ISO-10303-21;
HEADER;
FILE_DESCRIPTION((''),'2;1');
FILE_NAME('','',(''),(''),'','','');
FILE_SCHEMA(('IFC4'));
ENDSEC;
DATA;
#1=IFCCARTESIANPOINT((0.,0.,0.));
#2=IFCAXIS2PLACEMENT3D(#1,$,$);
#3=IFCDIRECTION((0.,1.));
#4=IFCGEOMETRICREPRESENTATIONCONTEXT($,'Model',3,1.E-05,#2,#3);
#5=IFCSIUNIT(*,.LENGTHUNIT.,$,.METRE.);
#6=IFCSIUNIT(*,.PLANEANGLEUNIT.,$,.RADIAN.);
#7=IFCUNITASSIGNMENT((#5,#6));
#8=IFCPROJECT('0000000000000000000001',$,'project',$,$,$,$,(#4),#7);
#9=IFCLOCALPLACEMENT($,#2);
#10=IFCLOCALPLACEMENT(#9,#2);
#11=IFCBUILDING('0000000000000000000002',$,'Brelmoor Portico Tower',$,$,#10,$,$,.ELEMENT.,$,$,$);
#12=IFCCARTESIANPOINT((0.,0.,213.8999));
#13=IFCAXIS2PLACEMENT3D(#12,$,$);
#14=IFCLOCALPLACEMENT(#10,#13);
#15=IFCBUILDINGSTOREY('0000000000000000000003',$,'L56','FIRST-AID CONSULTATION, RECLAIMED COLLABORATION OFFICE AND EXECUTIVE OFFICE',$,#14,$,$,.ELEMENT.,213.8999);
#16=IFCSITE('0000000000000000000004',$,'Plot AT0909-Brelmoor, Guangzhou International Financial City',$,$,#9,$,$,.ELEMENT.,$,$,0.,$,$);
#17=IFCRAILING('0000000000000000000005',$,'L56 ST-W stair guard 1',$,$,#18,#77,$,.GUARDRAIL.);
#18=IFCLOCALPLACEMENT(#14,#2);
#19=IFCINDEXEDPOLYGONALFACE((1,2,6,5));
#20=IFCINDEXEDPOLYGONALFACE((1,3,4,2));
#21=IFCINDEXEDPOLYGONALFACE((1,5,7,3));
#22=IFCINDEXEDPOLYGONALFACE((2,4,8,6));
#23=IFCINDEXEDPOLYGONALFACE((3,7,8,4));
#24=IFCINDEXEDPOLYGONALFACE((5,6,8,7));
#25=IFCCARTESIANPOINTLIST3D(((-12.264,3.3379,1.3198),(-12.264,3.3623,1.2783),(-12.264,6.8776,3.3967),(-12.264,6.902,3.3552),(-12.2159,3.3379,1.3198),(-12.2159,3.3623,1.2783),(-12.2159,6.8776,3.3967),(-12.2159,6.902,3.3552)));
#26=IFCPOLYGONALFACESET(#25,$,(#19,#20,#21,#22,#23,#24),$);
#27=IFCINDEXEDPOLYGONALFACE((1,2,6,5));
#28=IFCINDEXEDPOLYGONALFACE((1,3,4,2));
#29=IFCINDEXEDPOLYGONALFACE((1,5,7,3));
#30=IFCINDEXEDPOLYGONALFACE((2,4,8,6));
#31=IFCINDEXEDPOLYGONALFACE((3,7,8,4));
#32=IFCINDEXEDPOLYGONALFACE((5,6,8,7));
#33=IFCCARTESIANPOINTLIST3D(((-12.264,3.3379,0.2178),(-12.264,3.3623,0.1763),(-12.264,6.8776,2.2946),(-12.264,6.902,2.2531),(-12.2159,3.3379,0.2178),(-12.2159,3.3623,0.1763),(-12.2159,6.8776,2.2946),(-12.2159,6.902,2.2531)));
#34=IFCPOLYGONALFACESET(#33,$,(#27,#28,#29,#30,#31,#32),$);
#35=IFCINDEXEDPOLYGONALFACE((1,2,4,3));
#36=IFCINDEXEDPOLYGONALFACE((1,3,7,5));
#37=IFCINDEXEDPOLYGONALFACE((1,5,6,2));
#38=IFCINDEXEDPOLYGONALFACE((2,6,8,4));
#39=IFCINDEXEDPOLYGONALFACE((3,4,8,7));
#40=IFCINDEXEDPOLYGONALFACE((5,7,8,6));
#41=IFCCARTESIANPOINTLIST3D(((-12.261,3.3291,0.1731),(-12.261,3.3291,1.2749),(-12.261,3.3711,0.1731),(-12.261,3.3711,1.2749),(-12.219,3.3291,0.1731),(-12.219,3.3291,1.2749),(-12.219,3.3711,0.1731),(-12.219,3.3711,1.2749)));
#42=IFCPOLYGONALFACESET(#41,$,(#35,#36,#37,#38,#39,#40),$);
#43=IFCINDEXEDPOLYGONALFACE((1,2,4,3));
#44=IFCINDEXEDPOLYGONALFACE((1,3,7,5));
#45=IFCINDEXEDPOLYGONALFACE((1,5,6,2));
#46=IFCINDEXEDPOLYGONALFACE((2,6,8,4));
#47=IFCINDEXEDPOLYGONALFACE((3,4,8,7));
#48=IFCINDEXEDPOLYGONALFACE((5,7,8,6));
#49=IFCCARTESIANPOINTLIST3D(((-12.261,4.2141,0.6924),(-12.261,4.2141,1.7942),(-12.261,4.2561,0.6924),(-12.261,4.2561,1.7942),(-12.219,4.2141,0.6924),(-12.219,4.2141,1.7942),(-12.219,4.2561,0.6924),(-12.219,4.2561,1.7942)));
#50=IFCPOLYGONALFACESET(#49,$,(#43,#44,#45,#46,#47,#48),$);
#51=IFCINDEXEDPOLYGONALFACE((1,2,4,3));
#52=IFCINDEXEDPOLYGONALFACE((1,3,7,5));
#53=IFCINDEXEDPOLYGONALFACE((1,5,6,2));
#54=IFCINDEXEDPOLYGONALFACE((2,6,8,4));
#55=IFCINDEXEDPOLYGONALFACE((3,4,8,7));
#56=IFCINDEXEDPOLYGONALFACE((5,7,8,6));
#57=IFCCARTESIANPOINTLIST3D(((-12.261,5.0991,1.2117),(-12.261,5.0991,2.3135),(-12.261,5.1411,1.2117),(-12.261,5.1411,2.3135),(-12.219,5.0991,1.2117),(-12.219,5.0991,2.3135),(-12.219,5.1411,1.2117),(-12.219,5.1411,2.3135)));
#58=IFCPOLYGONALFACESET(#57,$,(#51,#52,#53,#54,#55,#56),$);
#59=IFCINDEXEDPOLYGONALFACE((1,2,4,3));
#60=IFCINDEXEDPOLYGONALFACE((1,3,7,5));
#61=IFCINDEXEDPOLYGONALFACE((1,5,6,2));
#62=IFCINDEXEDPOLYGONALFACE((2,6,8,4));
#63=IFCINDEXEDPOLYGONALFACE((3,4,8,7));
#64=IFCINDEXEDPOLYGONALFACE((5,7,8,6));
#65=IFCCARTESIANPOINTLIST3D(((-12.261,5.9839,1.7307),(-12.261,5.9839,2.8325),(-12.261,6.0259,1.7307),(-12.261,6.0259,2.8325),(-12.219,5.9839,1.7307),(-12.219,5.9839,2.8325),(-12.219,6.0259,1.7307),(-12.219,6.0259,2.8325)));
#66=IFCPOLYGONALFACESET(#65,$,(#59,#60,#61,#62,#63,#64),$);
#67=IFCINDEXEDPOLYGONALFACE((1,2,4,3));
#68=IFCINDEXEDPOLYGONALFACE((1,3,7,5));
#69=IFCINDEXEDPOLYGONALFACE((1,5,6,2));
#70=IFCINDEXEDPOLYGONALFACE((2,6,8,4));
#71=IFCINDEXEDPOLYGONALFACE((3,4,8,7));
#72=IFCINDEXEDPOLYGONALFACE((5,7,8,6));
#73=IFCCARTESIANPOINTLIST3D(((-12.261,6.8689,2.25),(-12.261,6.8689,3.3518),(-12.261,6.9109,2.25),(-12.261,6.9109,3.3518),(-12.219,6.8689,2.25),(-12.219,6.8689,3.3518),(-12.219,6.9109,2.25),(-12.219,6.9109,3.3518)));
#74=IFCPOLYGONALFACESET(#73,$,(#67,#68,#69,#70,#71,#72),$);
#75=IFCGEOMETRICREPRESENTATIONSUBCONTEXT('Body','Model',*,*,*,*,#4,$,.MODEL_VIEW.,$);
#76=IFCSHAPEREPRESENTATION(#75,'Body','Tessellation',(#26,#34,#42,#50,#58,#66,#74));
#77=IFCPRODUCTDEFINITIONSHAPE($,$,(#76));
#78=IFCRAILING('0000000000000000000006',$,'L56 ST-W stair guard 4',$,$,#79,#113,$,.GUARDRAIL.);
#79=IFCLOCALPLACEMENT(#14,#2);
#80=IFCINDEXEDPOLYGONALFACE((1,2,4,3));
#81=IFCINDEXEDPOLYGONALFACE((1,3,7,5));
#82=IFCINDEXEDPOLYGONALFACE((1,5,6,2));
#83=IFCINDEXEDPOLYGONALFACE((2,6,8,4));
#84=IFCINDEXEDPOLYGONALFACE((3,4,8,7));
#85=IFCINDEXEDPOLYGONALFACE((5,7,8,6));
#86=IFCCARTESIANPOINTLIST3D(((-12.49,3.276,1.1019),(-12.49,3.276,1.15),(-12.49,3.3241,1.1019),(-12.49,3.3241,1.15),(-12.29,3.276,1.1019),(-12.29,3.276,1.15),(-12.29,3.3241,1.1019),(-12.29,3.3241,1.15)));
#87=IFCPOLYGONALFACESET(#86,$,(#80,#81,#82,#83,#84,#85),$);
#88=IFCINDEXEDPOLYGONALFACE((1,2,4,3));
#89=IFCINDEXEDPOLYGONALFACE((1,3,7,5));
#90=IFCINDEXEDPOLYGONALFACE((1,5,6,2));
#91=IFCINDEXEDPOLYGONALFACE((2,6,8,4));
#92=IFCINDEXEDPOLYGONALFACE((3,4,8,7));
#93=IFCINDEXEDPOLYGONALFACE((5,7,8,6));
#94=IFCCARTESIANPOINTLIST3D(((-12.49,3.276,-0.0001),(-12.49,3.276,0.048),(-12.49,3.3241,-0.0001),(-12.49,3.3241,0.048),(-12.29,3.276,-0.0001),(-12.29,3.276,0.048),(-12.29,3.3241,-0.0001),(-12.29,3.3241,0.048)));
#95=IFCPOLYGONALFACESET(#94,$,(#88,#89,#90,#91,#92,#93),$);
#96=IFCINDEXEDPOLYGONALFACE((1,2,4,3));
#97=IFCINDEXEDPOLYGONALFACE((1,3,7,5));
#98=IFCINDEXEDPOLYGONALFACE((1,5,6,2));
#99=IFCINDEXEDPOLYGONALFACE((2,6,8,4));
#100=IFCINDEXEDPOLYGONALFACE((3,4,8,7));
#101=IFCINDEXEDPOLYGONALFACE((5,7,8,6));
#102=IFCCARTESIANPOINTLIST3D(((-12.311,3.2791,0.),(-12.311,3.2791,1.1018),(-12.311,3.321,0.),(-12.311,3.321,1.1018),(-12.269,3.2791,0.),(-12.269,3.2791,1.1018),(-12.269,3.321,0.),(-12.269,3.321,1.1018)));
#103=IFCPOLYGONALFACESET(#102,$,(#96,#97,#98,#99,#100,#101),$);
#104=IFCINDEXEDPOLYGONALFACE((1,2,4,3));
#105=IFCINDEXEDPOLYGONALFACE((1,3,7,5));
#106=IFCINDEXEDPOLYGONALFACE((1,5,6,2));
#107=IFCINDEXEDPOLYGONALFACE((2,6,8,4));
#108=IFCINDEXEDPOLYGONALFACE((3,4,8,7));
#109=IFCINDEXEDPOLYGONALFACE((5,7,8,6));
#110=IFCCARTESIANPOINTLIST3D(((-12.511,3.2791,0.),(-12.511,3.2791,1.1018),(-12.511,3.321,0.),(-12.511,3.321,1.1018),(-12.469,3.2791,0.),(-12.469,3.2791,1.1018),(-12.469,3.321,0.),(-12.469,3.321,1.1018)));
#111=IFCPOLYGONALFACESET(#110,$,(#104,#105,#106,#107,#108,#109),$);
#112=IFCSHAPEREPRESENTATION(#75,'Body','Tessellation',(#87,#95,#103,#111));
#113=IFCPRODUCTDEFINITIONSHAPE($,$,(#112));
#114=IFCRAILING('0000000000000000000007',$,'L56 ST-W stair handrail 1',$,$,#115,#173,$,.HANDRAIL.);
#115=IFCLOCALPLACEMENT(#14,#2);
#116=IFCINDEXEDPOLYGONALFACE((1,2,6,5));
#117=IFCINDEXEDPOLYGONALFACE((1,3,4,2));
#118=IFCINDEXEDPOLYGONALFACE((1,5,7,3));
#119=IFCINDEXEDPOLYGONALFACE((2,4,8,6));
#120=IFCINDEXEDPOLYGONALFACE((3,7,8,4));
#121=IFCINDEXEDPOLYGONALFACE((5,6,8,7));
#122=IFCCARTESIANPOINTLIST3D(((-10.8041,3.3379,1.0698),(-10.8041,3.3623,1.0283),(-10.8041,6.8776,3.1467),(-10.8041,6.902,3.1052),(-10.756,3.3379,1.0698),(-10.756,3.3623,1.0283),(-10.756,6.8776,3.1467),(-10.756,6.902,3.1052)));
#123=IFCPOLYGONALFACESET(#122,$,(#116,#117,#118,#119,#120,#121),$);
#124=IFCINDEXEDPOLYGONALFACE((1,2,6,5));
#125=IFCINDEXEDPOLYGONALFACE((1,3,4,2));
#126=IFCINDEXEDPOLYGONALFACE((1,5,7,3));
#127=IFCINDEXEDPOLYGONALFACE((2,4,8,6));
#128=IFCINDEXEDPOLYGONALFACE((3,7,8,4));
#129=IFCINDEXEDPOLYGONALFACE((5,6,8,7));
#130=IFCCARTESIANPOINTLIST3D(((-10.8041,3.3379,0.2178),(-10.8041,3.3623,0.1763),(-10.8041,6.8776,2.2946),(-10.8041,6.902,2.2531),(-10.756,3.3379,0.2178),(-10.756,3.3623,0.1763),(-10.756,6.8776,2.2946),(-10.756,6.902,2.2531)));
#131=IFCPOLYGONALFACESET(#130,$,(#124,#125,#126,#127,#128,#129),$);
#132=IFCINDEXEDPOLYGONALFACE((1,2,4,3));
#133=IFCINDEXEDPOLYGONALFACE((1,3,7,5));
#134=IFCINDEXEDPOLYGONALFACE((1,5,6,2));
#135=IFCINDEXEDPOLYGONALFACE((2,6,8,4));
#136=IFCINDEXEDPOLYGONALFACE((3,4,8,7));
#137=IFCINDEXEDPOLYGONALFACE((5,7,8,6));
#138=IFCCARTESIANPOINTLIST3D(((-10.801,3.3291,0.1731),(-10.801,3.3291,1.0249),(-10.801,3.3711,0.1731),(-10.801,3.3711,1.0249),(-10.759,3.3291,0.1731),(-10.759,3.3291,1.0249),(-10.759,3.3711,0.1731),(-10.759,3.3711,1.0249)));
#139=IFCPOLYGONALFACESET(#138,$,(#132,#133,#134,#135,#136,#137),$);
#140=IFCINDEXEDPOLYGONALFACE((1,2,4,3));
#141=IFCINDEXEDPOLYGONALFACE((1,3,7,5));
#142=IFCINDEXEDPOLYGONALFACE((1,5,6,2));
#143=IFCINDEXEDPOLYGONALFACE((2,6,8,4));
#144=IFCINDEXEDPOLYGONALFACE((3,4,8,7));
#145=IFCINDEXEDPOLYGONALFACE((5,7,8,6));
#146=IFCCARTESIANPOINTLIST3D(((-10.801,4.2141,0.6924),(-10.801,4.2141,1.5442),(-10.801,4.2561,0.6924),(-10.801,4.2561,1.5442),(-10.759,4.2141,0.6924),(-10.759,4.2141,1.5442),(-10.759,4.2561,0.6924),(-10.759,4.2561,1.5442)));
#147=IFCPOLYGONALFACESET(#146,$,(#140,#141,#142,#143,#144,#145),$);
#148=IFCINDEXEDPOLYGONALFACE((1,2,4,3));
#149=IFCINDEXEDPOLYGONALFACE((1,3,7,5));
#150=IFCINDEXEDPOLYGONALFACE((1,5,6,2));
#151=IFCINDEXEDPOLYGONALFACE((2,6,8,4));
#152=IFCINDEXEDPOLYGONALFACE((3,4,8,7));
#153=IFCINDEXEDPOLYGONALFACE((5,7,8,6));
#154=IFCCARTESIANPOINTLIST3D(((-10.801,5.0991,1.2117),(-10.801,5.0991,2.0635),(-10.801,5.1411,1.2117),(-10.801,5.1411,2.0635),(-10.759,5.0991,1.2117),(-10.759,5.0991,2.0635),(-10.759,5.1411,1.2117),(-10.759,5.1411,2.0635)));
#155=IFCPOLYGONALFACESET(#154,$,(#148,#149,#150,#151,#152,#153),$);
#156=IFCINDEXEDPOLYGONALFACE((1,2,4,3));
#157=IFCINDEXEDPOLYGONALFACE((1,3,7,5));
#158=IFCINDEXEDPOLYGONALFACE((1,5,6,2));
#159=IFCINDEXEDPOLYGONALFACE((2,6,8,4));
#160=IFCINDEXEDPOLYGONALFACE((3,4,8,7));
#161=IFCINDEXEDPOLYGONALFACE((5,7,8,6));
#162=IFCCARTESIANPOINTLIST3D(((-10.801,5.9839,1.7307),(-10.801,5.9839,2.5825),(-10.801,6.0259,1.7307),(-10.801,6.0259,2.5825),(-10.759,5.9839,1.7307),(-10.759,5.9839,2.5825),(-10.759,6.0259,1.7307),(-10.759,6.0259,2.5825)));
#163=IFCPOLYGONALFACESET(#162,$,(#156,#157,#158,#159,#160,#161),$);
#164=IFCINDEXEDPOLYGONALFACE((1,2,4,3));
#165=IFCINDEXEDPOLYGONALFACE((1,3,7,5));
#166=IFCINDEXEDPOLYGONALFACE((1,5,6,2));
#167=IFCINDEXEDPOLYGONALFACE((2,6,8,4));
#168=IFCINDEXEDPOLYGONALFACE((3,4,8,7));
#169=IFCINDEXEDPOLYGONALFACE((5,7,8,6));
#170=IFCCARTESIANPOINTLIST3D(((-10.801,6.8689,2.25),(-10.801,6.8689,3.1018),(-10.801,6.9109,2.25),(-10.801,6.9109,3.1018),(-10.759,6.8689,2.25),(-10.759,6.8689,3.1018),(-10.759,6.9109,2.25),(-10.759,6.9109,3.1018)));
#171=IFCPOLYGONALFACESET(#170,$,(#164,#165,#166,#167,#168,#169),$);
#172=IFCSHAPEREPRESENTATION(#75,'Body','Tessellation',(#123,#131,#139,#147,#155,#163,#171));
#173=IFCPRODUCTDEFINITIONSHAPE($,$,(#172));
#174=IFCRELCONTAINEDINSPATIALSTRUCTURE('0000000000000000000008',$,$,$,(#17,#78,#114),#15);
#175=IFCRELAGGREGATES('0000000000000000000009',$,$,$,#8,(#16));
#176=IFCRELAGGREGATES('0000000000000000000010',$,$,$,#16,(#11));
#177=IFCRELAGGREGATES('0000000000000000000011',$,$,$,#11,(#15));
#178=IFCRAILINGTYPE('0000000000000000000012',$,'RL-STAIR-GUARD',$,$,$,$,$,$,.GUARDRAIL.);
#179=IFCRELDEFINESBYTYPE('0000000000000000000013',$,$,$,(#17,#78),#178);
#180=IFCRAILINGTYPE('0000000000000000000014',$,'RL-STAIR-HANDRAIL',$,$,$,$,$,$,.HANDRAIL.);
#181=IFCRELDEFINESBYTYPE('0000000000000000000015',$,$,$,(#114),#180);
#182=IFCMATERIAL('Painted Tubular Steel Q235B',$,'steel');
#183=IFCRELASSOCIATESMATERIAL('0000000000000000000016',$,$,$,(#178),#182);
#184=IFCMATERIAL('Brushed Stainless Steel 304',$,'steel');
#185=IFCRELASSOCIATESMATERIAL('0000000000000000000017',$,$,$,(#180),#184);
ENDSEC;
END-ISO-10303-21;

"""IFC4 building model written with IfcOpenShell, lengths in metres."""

from ifc_helpers import new_model, si_unit, direction, frame, origin, origin_2d, place, context, subcontext, project, spatial, rectangle, extrude, material, type_object, element, save


model = new_model("IFC4")

# Units and contexts
model_context = context("Model", 3, precision=1e-05, world=origin(), true_north=direction((0.0, 1.0)))
body_context = subcontext(model_context, "Body", "Model", "MODEL_VIEW")
ifc_project = project(units=[si_unit("LENGTHUNIT", "METRE"), si_unit("PLANEANGLEUNIT", "RADIAN")], contexts=[model_context])

# Site, building, storey
site_placement = place(None, origin())
site = spatial("IfcSite", under=ifc_project, at=site_placement, Name="Plot AT0909-Brelmoor, Guangzhou International Financial City", CompositionType="ELEMENT", RefElevation=0.0)
building_placement = place(site_placement, origin())
building = spatial("IfcBuilding", under=site, at=building_placement, Name="Brelmoor Portico Tower", CompositionType="ELEMENT")
storey_placement = place(building_placement, frame((0.0, 0.0, 213.8999)))
storey = spatial("IfcBuildingStorey", under=building, at=storey_placement, Name="L56", Description="FIRST-AID CONSULTATION, RECLAIMED COLLABORATION OFFICE AND EXECUTIVE OFFICE", CompositionType="ELEMENT", Elevation=213.8999)

# Railings
ifc_material_1 = material(Name="Painted Tubular Steel Q235B", Category="steel")
railing_type_1 = type_object("IfcRailingType", Name="RL-STAIR-GUARD", PredefinedType="GUARDRAIL", material=ifc_material_1)
railing_1_placement = place(storey_placement, frame((-12.24, 3.3501, 0.1731)))
element("IfcRailing", 1, at=railing_1_placement, inside=storey, type_object=railing_type_1, Name="L56 ST-W stair guard 1", PredefinedType="GUARDRAIL", context=body_context, shape_type="SweptSolid", body=[
    extrude(rectangle(XDim=0.0481, YDim=0.0481, at=origin_2d()), frame((0.0, 0.0, 1.126), z_axis=(0.0, 0.862501, 0.506055), x_axis=(-1.0, 0.0, 0.0)), (0.0, 0.0, 1.0), 4.104),
    extrude(rectangle(XDim=0.0481, YDim=0.0481, at=origin_2d()), frame((0.0, 0.0, 0.0239), z_axis=(0.0, 0.862501, 0.506055), x_axis=(-1.0, 0.0, 0.0)), (0.0, 0.0, 1.0), 4.104),
    extrude(rectangle(XDim=0.042, YDim=0.042, at=origin_2d()), origin(), (0.0, 0.0, 1.0), 1.1018),
    extrude(rectangle(XDim=0.042, YDim=0.042, at=origin_2d()), frame((0.0, 0.885, 0.5193)), (0.0, 0.0, 1.0), 1.1018),
    extrude(rectangle(XDim=0.042, YDim=0.042, at=origin_2d()), frame((0.0, 1.77, 1.0386)), (0.0, 0.0, 1.0), 1.1018),
    extrude(rectangle(XDim=0.042, YDim=0.042, at=origin_2d()), frame((0.0, 2.6548, 1.5576)), (0.0, 0.0, 1.0), 1.1018),
    extrude(rectangle(XDim=0.042, YDim=0.042, at=origin_2d()), frame((0.0, 3.5398, 2.0769)), (0.0, 0.0, 1.0), 1.1018),
])
railing_2_placement = place(storey_placement, frame((-12.29, 3.3, 0.0)))
element("IfcRailing", 2, at=railing_2_placement, inside=storey, type_object=railing_type_1, Name="L56 ST-W stair guard 4", PredefinedType="GUARDRAIL", context=body_context, shape_type="SweptSolid", body=[
    extrude(rectangle(XDim=0.0481, YDim=0.0481, at=origin_2d()), frame((0.0, 0.0, 1.126), z_axis=(-1.0, 0.0, 0.0), x_axis=(0.0, -1.0, 0.0)), (0.0, 0.0, 1.0), 0.2),
    extrude(rectangle(XDim=0.0481, YDim=0.0481, at=origin_2d()), frame((0.0, 0.0, 0.0239), z_axis=(-1.0, 0.0, 0.0), x_axis=(0.0, -1.0, 0.0)), (0.0, 0.0, 1.0), 0.2),
    extrude(rectangle(XDim=0.042, YDim=0.042, at=origin_2d()), origin(), (0.0, 0.0, 1.0), 1.1018),
    extrude(rectangle(XDim=0.042, YDim=0.042, at=origin_2d()), frame((-0.2, 0.0, 0.0)), (0.0, 0.0, 1.0), 1.1018),
])
ifc_material_2 = material(Name="Brushed Stainless Steel 304", Category="steel")
railing_type_2 = type_object("IfcRailingType", Name="RL-STAIR-HANDRAIL", PredefinedType="HANDRAIL", material=ifc_material_2)
railing_3_placement = place(storey_placement, frame((-10.78, 3.3501, 0.1731)))
element("IfcRailing", 3, at=railing_3_placement, inside=storey, type_object=railing_type_2, Name="L56 ST-W stair handrail 1", PredefinedType="HANDRAIL", context=body_context, shape_type="SweptSolid", body=[
    extrude(rectangle(XDim=0.0481, YDim=0.0481, at=origin_2d()), frame((0.0, 0.0, 0.876), z_axis=(0.0, 0.862501, 0.506055), x_axis=(-1.0, 0.0, 0.0)), (0.0, 0.0, 1.0), 4.104),
    extrude(rectangle(XDim=0.0481, YDim=0.0481, at=origin_2d()), frame((0.0, 0.0, 0.0239), z_axis=(0.0, 0.862501, 0.506055), x_axis=(-1.0, 0.0, 0.0)), (0.0, 0.0, 1.0), 4.104),
    extrude(rectangle(XDim=0.042, YDim=0.042, at=origin_2d()), origin(), (0.0, 0.0, 1.0), 0.8518),
    extrude(rectangle(XDim=0.042, YDim=0.042, at=origin_2d()), frame((0.0, 0.885, 0.5193)), (0.0, 0.0, 1.0), 0.8518),
    extrude(rectangle(XDim=0.042, YDim=0.042, at=origin_2d()), frame((0.0, 1.77, 1.0386)), (0.0, 0.0, 1.0), 0.8518),
    extrude(rectangle(XDim=0.042, YDim=0.042, at=origin_2d()), frame((0.0, 2.6548, 1.5576)), (0.0, 0.0, 1.0), 0.8518),
    extrude(rectangle(XDim=0.042, YDim=0.042, at=origin_2d()), frame((0.0, 3.5398, 2.0769)), (0.0, 0.0, 1.0), 0.8518),
])

save(model, "model.ifc")
